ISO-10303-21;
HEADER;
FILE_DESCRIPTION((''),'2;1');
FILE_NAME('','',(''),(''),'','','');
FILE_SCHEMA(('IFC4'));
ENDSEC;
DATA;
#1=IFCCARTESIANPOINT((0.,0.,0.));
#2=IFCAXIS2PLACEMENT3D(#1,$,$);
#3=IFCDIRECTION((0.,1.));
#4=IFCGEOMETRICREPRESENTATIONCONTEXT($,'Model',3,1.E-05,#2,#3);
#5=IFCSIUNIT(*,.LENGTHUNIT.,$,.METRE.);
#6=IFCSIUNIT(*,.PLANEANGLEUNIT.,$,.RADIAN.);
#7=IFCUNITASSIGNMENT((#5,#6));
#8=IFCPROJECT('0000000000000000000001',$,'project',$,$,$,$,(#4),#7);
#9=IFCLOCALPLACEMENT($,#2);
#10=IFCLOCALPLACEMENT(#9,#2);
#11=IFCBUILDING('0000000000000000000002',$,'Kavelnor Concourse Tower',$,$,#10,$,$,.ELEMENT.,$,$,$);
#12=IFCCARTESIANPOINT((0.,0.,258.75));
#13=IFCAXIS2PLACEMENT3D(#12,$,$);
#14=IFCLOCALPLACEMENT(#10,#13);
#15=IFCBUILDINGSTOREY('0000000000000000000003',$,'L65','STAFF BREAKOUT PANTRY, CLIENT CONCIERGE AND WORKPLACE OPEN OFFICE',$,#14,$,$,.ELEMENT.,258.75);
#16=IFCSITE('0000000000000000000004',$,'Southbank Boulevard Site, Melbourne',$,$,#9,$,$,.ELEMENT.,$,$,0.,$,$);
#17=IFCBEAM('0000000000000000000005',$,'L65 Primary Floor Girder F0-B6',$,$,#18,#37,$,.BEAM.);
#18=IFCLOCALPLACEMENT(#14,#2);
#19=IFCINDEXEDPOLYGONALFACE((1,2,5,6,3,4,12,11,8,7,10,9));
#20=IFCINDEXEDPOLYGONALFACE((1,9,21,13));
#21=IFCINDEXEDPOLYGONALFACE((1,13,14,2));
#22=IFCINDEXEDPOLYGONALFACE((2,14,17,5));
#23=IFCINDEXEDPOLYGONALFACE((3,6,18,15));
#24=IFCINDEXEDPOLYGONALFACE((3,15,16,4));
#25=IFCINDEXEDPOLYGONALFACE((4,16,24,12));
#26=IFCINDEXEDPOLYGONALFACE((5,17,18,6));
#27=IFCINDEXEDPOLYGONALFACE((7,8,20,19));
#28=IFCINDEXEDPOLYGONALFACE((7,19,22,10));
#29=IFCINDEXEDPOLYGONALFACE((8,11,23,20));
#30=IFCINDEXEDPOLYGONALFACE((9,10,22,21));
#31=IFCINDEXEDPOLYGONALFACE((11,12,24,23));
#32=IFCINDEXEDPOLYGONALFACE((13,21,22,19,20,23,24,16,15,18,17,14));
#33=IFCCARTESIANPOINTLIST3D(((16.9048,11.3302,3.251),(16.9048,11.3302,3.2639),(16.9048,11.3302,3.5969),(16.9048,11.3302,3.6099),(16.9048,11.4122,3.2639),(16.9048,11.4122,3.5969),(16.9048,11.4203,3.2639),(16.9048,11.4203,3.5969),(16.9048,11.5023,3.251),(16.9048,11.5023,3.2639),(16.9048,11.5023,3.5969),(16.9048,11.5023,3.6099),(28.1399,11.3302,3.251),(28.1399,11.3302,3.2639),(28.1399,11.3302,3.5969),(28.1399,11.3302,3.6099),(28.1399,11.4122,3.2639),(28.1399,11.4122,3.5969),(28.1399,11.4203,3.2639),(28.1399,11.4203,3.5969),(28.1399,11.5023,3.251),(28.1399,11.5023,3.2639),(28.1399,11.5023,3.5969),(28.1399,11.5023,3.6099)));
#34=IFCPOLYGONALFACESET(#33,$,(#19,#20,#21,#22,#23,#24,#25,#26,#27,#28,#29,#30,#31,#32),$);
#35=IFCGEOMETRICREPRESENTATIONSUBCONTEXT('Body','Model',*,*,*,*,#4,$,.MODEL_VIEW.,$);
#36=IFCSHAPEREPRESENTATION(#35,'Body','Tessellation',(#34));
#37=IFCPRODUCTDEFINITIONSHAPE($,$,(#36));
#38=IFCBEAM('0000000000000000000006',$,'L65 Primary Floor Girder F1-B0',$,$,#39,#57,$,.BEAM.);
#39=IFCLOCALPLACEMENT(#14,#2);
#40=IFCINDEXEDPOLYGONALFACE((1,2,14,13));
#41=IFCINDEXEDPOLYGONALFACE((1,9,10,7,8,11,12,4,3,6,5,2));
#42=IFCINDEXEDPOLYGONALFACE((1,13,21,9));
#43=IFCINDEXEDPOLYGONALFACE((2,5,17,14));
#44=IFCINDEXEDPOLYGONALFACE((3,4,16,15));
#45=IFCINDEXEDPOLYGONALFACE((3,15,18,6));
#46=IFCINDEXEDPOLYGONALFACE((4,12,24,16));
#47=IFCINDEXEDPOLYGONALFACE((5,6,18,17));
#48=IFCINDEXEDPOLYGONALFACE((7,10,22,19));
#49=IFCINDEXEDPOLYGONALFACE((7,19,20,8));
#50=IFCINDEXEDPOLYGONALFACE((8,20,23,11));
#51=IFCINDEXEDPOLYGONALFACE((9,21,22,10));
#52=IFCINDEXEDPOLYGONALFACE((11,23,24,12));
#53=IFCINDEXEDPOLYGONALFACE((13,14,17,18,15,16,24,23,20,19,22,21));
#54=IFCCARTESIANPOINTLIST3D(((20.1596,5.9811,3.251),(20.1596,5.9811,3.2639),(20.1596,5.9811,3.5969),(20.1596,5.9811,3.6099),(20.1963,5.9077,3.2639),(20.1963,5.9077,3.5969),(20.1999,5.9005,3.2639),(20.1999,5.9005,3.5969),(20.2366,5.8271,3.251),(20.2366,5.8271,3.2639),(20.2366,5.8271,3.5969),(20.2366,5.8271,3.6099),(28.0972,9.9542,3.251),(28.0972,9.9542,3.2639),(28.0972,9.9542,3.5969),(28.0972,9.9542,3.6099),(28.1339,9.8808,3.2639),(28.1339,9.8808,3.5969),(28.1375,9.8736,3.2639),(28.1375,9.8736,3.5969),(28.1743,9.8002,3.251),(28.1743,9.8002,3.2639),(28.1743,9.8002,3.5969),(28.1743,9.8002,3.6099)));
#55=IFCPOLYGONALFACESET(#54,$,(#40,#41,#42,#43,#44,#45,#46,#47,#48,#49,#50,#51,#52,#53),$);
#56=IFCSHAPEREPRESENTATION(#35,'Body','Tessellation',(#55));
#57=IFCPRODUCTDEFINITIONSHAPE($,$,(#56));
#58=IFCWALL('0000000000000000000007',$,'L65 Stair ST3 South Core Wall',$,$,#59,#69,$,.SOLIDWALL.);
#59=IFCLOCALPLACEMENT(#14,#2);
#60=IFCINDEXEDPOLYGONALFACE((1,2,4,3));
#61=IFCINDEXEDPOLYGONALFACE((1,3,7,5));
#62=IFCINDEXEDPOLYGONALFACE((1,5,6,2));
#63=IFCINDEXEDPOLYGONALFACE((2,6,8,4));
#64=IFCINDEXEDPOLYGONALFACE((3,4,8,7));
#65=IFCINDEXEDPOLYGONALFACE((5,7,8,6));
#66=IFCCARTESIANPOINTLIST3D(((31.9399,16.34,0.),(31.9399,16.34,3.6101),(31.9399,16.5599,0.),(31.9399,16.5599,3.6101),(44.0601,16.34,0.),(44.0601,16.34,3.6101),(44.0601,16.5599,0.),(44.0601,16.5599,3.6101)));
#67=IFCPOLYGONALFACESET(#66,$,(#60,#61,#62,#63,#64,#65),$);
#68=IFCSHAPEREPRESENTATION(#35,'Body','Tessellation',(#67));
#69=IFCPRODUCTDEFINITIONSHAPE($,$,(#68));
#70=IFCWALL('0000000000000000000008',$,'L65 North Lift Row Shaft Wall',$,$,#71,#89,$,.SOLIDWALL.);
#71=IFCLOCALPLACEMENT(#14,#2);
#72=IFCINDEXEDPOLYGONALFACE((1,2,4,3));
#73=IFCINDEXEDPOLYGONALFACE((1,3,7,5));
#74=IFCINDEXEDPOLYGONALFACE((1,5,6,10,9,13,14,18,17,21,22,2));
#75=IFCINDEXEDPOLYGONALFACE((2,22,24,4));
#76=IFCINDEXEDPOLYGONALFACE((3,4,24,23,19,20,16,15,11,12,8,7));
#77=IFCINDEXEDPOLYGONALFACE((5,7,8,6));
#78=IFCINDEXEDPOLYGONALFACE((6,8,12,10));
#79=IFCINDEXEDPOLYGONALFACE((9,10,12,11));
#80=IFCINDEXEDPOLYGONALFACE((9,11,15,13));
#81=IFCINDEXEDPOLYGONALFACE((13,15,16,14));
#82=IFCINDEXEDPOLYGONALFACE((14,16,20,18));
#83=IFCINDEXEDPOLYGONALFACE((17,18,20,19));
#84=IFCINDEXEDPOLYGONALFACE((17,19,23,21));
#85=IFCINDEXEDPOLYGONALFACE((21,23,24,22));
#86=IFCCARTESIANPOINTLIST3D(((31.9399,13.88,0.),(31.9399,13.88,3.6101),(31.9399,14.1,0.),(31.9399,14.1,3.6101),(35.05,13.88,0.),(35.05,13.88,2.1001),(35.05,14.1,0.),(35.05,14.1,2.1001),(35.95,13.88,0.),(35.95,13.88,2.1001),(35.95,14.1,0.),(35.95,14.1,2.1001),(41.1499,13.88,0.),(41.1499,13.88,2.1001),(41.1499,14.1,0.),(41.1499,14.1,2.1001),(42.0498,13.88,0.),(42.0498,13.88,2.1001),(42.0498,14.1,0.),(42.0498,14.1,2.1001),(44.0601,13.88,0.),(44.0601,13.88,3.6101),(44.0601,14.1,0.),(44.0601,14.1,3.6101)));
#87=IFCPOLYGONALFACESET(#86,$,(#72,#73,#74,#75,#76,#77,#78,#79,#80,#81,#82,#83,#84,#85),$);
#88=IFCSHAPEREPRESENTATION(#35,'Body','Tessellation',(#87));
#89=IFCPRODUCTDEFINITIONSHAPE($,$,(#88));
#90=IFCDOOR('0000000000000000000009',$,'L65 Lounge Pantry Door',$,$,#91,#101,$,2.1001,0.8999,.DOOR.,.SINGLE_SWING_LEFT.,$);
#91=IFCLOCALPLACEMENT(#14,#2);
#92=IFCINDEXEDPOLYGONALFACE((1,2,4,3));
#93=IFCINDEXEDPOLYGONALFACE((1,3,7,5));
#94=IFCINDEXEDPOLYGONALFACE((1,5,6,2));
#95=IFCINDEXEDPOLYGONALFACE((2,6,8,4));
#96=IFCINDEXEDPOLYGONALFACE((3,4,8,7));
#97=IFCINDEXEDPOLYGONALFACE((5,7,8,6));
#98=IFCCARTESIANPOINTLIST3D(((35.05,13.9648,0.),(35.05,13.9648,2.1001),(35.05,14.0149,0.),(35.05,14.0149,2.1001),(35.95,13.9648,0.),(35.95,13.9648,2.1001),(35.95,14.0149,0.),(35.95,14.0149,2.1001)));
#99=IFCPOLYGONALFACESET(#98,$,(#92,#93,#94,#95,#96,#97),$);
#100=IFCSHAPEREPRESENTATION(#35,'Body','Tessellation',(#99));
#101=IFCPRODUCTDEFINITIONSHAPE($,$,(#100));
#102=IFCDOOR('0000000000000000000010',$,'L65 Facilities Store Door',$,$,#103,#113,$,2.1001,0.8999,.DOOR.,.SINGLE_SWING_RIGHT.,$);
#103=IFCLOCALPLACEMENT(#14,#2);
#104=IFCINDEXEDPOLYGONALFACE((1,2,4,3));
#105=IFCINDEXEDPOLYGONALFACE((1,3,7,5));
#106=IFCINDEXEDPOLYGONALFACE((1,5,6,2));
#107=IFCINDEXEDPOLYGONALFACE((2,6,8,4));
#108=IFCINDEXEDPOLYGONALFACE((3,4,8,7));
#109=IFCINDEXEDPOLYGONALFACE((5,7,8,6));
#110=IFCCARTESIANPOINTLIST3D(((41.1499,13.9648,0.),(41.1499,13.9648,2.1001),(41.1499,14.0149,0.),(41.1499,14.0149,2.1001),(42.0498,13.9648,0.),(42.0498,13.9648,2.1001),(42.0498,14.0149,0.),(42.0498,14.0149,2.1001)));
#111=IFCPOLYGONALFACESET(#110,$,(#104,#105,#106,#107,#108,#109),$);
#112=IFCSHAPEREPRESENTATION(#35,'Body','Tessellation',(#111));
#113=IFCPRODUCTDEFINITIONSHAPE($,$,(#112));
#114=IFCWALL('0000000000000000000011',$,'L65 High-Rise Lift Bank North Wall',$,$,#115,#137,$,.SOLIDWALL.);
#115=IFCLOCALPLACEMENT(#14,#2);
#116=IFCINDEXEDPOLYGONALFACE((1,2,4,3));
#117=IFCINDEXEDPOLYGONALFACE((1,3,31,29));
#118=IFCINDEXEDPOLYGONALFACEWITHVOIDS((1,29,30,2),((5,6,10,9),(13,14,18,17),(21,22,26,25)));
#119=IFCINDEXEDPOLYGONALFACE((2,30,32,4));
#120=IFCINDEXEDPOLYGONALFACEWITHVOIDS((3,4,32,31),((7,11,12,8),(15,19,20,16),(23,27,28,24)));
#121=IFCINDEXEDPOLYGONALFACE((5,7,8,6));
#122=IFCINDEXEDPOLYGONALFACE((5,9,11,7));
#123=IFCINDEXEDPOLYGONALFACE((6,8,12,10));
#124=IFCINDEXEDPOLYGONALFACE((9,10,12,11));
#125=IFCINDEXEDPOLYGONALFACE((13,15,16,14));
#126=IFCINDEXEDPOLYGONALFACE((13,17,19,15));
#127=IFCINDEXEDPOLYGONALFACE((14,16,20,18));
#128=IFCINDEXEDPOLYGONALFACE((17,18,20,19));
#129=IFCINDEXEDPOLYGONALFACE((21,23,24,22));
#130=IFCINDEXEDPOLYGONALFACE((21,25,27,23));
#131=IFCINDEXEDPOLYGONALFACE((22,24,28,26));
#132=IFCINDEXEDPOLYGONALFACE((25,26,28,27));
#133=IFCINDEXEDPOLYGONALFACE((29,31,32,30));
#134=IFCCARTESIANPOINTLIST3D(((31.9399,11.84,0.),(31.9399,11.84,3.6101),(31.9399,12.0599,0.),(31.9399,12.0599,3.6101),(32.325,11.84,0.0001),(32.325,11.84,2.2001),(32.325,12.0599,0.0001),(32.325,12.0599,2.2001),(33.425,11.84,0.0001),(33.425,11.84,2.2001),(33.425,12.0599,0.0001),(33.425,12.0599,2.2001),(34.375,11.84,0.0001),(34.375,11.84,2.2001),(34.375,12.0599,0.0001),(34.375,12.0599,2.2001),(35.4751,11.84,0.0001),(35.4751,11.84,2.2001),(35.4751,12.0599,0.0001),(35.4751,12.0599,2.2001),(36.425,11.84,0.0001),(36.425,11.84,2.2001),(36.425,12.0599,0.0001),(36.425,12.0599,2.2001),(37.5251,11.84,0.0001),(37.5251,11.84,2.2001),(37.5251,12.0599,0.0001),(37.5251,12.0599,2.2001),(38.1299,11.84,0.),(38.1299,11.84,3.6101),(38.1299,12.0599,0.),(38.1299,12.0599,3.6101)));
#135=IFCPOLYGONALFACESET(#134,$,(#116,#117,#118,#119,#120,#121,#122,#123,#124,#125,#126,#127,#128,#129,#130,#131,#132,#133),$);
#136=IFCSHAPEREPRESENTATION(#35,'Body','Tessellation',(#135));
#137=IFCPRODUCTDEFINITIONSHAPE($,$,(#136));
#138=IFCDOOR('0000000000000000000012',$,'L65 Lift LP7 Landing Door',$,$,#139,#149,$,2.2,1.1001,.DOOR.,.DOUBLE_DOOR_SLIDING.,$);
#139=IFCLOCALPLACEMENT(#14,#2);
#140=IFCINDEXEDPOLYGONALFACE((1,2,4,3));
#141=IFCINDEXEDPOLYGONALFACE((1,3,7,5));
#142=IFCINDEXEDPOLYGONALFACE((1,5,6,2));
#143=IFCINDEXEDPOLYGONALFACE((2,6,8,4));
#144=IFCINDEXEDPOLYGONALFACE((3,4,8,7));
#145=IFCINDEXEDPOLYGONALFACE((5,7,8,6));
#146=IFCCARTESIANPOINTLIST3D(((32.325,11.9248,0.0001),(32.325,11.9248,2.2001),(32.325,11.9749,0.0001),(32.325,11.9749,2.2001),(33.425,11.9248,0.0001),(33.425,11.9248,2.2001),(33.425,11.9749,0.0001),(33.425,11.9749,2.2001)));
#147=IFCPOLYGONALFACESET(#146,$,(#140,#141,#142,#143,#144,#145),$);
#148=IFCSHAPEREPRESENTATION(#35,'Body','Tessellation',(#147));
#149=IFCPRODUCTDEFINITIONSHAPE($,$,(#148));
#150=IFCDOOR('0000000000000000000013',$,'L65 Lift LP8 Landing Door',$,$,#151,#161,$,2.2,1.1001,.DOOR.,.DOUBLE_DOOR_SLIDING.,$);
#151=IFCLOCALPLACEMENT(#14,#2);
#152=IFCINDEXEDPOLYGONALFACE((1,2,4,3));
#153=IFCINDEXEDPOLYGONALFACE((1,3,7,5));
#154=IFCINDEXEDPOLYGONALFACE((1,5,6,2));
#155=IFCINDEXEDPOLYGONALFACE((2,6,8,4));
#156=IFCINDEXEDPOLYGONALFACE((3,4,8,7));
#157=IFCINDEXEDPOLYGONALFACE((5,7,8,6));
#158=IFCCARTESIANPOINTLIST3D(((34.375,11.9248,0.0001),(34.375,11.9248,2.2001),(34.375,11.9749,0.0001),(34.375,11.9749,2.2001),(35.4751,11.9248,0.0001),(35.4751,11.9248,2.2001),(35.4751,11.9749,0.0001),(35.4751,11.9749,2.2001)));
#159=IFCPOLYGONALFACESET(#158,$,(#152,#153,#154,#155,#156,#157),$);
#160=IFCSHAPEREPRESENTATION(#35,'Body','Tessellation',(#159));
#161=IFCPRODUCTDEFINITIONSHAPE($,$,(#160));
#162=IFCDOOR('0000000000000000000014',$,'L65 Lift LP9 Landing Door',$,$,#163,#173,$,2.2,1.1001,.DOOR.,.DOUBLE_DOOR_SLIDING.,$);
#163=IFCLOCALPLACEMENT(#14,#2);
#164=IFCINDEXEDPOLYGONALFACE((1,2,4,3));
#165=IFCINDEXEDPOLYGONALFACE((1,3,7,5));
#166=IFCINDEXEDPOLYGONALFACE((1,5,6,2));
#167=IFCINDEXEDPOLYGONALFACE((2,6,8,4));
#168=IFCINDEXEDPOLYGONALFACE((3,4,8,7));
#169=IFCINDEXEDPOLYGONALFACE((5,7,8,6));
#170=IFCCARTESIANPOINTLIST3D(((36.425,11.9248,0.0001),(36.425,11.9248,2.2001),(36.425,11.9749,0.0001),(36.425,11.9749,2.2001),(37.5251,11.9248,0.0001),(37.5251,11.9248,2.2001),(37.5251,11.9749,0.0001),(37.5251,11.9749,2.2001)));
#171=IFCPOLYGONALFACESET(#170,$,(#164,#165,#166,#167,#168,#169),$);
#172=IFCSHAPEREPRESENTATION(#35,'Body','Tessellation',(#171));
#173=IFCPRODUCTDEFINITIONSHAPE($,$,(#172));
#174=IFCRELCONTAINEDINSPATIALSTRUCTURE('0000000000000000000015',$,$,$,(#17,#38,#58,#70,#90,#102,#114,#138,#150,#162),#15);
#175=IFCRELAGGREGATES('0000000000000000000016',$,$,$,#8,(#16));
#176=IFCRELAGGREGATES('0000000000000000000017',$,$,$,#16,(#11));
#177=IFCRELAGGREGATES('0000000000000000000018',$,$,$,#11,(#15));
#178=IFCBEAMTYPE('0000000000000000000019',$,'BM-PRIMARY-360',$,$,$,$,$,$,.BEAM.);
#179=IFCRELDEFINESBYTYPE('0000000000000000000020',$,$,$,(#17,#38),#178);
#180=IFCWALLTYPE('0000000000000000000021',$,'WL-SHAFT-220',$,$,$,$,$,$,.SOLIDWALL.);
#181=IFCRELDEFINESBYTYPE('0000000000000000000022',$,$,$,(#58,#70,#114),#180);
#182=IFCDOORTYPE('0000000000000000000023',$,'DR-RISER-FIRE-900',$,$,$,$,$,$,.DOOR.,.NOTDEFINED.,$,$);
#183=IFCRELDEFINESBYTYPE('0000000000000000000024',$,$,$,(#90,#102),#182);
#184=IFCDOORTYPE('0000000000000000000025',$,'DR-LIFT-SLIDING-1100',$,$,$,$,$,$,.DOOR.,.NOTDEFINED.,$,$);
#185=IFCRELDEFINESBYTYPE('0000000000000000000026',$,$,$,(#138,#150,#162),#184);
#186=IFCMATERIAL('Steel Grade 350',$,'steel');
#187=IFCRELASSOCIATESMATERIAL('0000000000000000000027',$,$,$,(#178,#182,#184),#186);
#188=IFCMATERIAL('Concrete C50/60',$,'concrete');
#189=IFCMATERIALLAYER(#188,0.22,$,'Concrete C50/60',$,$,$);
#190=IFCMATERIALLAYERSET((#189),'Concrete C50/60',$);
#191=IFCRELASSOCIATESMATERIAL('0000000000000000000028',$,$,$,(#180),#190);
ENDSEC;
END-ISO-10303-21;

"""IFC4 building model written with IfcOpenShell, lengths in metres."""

from ifc_helpers import new_model, si_unit, direction, frame, frame_2d, origin, origin_2d, place, context, subcontext, project, spatial, rectangle, i_section, extrude, material, layer, layer_set, material_profile, profile_set, type_object, element, fill, save


model = new_model("IFC4")

# Units and contexts
model_context = context("Model", 3, precision=1e-05, world=origin(), true_north=direction((0.0, 1.0)))
body_context = subcontext(model_context, "Body", "Model", "MODEL_VIEW")
ifc_project = project(units=[si_unit("LENGTHUNIT", "METRE"), si_unit("PLANEANGLEUNIT", "RADIAN")], contexts=[model_context])

# Site, building, storey
site_placement = place(None, origin())
site = spatial("IfcSite", under=ifc_project, at=site_placement, Name="Southbank Boulevard Site, Melbourne", CompositionType="ELEMENT", RefElevation=0.0)
building_placement = place(site_placement, origin())
building = spatial("IfcBuilding", under=site, at=building_placement, Name="Kavelnor Concourse Tower", CompositionType="ELEMENT")
storey_placement = place(building_placement, frame((0.0, 0.0, 258.75)))
storey = spatial("IfcBuildingStorey", under=building, at=storey_placement, Name="L65", Description="STAFF BREAKOUT PANTRY, CLIENT CONCIERGE AND WORKPLACE OPEN OFFICE", CompositionType="ELEMENT", Elevation=258.75)

# Beams
ifc_material_1 = material(Name="Steel Grade 350", Category="steel")
ifc_material_profile = material_profile(ifc_material_1, i_section(OverallWidth=0.1721, OverallDepth=0.3589, WebThickness=0.0081, FlangeThickness=0.0129, at=origin_2d()), Name="360UB56")
ifc_profile_set = profile_set([ifc_material_profile], Name="Steel Grade 350")
beam_type = type_object("IfcBeamType", Name="BM-PRIMARY-360", PredefinedType="BEAM", material=ifc_profile_set)
beam_1_placement = place(storey_placement, frame((28.1399, 11.4163, 3.4304), z_axis=(-1.0, 0.0, 0.0), x_axis=(0.0, -1.0, 0.0)))
element("IfcBeam", 1, at=beam_1_placement, inside=storey, type_object=beam_type, Name="L65 Primary Floor Girder F0-B6", PredefinedType="BEAM", context=body_context, shape_type="SweptSolid", body=[
    extrude(i_section(OverallWidth=0.1721, OverallDepth=0.3589, WebThickness=0.0081, FlangeThickness=0.0129, at=origin_2d()), origin(), (0.0, 0.0, 1.0), 11.2351),
])
beam_2_placement = place(storey_placement, frame((28.1357, 9.8772, 3.4304), z_axis=(-0.894235, -0.447599, 0.0), x_axis=(0.447599, -0.894235, 0.0)))
element("IfcBeam", 2, at=beam_2_placement, inside=storey, type_object=beam_type, Name="L65 Primary Floor Girder F1-B0", PredefinedType="BEAM", context=body_context, shape_type="SweptSolid", body=[
    extrude(i_section(OverallWidth=0.1721, OverallDepth=0.3589, WebThickness=0.0081, FlangeThickness=0.0129, at=origin_2d()), origin(), (0.0, 0.0, 1.0), 8.8765),
])

# Wall
ifc_material_2 = material(Name="Concrete C50/60", Category="concrete")
ifc_layer = layer(ifc_material_2, 0.22, Name="Concrete C50/60")
ifc_layer_set = layer_set([ifc_layer], Name="Concrete C50/60")
wall_type = type_object("IfcWallType", Name="WL-SHAFT-220", PredefinedType="SOLIDWALL", material=ifc_layer_set)
wall_1_placement = place(storey_placement, frame((31.9399, 16.45, 0.0), z_axis=(0.0, 0.0, 1.0), x_axis=(1.0, 0.0, 0.0)))
element("IfcWall", 3, at=wall_1_placement, inside=storey, type_object=wall_type, Name="L65 Stair ST3 South Core Wall", PredefinedType="SOLIDWALL", context=body_context, shape_type="SweptSolid", body=[
    extrude(rectangle(XDim=12.1201, YDim=0.22, at=frame_2d((6.0601, 0.0))), origin(), (0.0, 0.0, 1.0), 3.6101),
])

# Walls, openings, doors
wall_2_placement = place(storey_placement, frame((31.9399, 13.99, 0.0), z_axis=(0.0, 0.0, 1.0), x_axis=(1.0, 0.0, 0.0)))
wall_2 = element("IfcWall", 4, at=wall_2_placement, inside=storey, type_object=wall_type, Name="L65 North Lift Row Shaft Wall", PredefinedType="SOLIDWALL", context=body_context, shape_type="SweptSolid", body=[
    extrude(rectangle(XDim=12.1201, YDim=0.22, at=frame_2d((6.0601, 0.0))), origin(), (0.0, 0.0, 1.0), 3.6101),
])
opening_1_placement = place(wall_2_placement, frame((3.1101, 0.0, 0.0)))
opening_1 = element("IfcOpeningElement", 5, at=opening_1_placement, cuts=wall_2, PredefinedType="OPENING", context=body_context, shape_type="SweptSolid", body=[
    extrude(rectangle(XDim=0.8999, YDim=2.1001, at=frame_2d((0.45, 1.05))), frame((0.0, 0.1201, 0.0), z_axis=(0.0, -1.0, 0.0), x_axis=(1.0, 0.0, 0.0)), (0.0, 0.0, 1.0), 0.24),
])
opening_2_placement = place(wall_2_placement, frame((9.21, 0.0, 0.0)))
opening_2 = element("IfcOpeningElement", 6, at=opening_2_placement, cuts=wall_2, PredefinedType="OPENING", context=body_context, shape_type="SweptSolid", body=[
    extrude(rectangle(XDim=0.8999, YDim=2.1001, at=frame_2d((0.45, 1.05))), frame((0.0, 0.1201, 0.0), z_axis=(0.0, -1.0, 0.0), x_axis=(1.0, 0.0, 0.0)), (0.0, 0.0, 1.0), 0.24),
])
door_type_1 = type_object("IfcDoorType", Name="DR-RISER-FIRE-900", OperationType="NOTDEFINED", PredefinedType="DOOR", material=ifc_material_1)
door_1_placement = place(opening_1_placement, origin())
door_1 = element("IfcDoor", 7, at=door_1_placement, inside=storey, type_object=door_type_1, Name="L65 Lounge Pantry Door", OperationType="SINGLE_SWING_LEFT", OverallHeight=2.1001, OverallWidth=0.8999, PredefinedType="DOOR", context=body_context, shape_type="SweptSolid", body=[
    extrude(rectangle(XDim=0.8999, YDim=2.1001, at=frame_2d((0.45, 1.05))), frame((0.0, 0.0249, 0.0), z_axis=(0.0, -1.0, 0.0), x_axis=(1.0, 0.0, 0.0)), (0.0, 0.0, 1.0), 0.05),
])
fill(opening_1, door_1)
door_2_placement = place(opening_2_placement, origin())
door_2 = element("IfcDoor", 8, at=door_2_placement, inside=storey, type_object=door_type_1, Name="L65 Facilities Store Door", OperationType="SINGLE_SWING_RIGHT", OverallHeight=2.1001, OverallWidth=0.8999, PredefinedType="DOOR", context=body_context, shape_type="SweptSolid", body=[
    extrude(rectangle(XDim=0.8999, YDim=2.1001, at=frame_2d((0.45, 1.05))), frame((0.0, 0.0249, 0.0), z_axis=(0.0, -1.0, 0.0), x_axis=(1.0, 0.0, 0.0)), (0.0, 0.0, 1.0), 0.05),
])
fill(opening_2, door_2)
wall_3_placement = place(storey_placement, frame((31.9399, 11.95, 0.0), z_axis=(0.0, 0.0, 1.0), x_axis=(1.0, 0.0, 0.0)))
wall_3 = element("IfcWall", 9, at=wall_3_placement, inside=storey, type_object=wall_type, Name="L65 High-Rise Lift Bank North Wall", PredefinedType="SOLIDWALL", context=body_context, shape_type="SweptSolid", body=[
    extrude(rectangle(XDim=6.1899, YDim=0.22, at=frame_2d((3.095, 0.0))), origin(), (0.0, 0.0, 1.0), 3.6101),
])
opening_3_placement = place(wall_3_placement, frame((0.385, 0.0, 0.0)))
opening_3 = element("IfcOpeningElement", 10, at=opening_3_placement, cuts=wall_3, PredefinedType="OPENING", context=body_context, shape_type="SweptSolid", body=[
    extrude(rectangle(XDim=1.1001, YDim=2.2, at=frame_2d((0.55, 1.1001))), frame((0.0, 0.1201, 0.0), z_axis=(0.0, -1.0, 0.0), x_axis=(1.0, 0.0, 0.0)), (0.0, 0.0, 1.0), 0.24),
])
opening_4_placement = place(wall_3_placement, frame((2.4351, 0.0, 0.0)))
opening_4 = element("IfcOpeningElement", 11, at=opening_4_placement, cuts=wall_3, PredefinedType="OPENING", context=body_context, shape_type="SweptSolid", body=[
    extrude(rectangle(XDim=1.1001, YDim=2.2, at=frame_2d((0.55, 1.1001))), frame((0.0, 0.1201, 0.0), z_axis=(0.0, -1.0, 0.0), x_axis=(1.0, 0.0, 0.0)), (0.0, 0.0, 1.0), 0.24),
])
opening_5_placement = place(wall_3_placement, frame((4.4851, 0.0, 0.0)))
opening_5 = element("IfcOpeningElement", 12, at=opening_5_placement, cuts=wall_3, PredefinedType="OPENING", context=body_context, shape_type="SweptSolid", body=[
    extrude(rectangle(XDim=1.1001, YDim=2.2, at=frame_2d((0.55, 1.1001))), frame((0.0, 0.1201, 0.0), z_axis=(0.0, -1.0, 0.0), x_axis=(1.0, 0.0, 0.0)), (0.0, 0.0, 1.0), 0.24),
])
door_type_2 = type_object("IfcDoorType", Name="DR-LIFT-SLIDING-1100", OperationType="NOTDEFINED", PredefinedType="DOOR", material=ifc_material_1)
door_3_placement = place(opening_3_placement, origin())
door_3 = element("IfcDoor", 13, at=door_3_placement, inside=storey, type_object=door_type_2, Name="L65 Lift LP7 Landing Door", OperationType="DOUBLE_DOOR_SLIDING", OverallHeight=2.2, OverallWidth=1.1001, PredefinedType="DOOR", context=body_context, shape_type="SweptSolid", body=[
    extrude(rectangle(XDim=1.1001, YDim=2.2, at=frame_2d((0.55, 1.1001))), frame((0.0, 0.0249, 0.0), z_axis=(0.0, -1.0, 0.0), x_axis=(1.0, 0.0, 0.0)), (0.0, 0.0, 1.0), 0.05),
])
fill(opening_3, door_3)
door_4_placement = place(opening_4_placement, origin())
door_4 = element("IfcDoor", 14, at=door_4_placement, inside=storey, type_object=door_type_2, Name="L65 Lift LP8 Landing Door", OperationType="DOUBLE_DOOR_SLIDING", OverallHeight=2.2, OverallWidth=1.1001, PredefinedType="DOOR", context=body_context, shape_type="SweptSolid", body=[
    extrude(rectangle(XDim=1.1001, YDim=2.2, at=frame_2d((0.55, 1.1001))), frame((0.0, 0.0249, 0.0), z_axis=(0.0, -1.0, 0.0), x_axis=(1.0, 0.0, 0.0)), (0.0, 0.0, 1.0), 0.05),
])
fill(opening_4, door_4)
door_5_placement = place(opening_5_placement, origin())
door_5 = element("IfcDoor", 15, at=door_5_placement, inside=storey, type_object=door_type_2, Name="L65 Lift LP9 Landing Door", OperationType="DOUBLE_DOOR_SLIDING", OverallHeight=2.2, OverallWidth=1.1001, PredefinedType="DOOR", context=body_context, shape_type="SweptSolid", body=[
    extrude(rectangle(XDim=1.1001, YDim=2.2, at=frame_2d((0.55, 1.1001))), frame((0.0, 0.0249, 0.0), z_axis=(0.0, -1.0, 0.0), x_axis=(1.0, 0.0, 0.0)), (0.0, 0.0, 1.0), 0.05),
])
fill(opening_5, door_5)

save(model, "model.ifc")
